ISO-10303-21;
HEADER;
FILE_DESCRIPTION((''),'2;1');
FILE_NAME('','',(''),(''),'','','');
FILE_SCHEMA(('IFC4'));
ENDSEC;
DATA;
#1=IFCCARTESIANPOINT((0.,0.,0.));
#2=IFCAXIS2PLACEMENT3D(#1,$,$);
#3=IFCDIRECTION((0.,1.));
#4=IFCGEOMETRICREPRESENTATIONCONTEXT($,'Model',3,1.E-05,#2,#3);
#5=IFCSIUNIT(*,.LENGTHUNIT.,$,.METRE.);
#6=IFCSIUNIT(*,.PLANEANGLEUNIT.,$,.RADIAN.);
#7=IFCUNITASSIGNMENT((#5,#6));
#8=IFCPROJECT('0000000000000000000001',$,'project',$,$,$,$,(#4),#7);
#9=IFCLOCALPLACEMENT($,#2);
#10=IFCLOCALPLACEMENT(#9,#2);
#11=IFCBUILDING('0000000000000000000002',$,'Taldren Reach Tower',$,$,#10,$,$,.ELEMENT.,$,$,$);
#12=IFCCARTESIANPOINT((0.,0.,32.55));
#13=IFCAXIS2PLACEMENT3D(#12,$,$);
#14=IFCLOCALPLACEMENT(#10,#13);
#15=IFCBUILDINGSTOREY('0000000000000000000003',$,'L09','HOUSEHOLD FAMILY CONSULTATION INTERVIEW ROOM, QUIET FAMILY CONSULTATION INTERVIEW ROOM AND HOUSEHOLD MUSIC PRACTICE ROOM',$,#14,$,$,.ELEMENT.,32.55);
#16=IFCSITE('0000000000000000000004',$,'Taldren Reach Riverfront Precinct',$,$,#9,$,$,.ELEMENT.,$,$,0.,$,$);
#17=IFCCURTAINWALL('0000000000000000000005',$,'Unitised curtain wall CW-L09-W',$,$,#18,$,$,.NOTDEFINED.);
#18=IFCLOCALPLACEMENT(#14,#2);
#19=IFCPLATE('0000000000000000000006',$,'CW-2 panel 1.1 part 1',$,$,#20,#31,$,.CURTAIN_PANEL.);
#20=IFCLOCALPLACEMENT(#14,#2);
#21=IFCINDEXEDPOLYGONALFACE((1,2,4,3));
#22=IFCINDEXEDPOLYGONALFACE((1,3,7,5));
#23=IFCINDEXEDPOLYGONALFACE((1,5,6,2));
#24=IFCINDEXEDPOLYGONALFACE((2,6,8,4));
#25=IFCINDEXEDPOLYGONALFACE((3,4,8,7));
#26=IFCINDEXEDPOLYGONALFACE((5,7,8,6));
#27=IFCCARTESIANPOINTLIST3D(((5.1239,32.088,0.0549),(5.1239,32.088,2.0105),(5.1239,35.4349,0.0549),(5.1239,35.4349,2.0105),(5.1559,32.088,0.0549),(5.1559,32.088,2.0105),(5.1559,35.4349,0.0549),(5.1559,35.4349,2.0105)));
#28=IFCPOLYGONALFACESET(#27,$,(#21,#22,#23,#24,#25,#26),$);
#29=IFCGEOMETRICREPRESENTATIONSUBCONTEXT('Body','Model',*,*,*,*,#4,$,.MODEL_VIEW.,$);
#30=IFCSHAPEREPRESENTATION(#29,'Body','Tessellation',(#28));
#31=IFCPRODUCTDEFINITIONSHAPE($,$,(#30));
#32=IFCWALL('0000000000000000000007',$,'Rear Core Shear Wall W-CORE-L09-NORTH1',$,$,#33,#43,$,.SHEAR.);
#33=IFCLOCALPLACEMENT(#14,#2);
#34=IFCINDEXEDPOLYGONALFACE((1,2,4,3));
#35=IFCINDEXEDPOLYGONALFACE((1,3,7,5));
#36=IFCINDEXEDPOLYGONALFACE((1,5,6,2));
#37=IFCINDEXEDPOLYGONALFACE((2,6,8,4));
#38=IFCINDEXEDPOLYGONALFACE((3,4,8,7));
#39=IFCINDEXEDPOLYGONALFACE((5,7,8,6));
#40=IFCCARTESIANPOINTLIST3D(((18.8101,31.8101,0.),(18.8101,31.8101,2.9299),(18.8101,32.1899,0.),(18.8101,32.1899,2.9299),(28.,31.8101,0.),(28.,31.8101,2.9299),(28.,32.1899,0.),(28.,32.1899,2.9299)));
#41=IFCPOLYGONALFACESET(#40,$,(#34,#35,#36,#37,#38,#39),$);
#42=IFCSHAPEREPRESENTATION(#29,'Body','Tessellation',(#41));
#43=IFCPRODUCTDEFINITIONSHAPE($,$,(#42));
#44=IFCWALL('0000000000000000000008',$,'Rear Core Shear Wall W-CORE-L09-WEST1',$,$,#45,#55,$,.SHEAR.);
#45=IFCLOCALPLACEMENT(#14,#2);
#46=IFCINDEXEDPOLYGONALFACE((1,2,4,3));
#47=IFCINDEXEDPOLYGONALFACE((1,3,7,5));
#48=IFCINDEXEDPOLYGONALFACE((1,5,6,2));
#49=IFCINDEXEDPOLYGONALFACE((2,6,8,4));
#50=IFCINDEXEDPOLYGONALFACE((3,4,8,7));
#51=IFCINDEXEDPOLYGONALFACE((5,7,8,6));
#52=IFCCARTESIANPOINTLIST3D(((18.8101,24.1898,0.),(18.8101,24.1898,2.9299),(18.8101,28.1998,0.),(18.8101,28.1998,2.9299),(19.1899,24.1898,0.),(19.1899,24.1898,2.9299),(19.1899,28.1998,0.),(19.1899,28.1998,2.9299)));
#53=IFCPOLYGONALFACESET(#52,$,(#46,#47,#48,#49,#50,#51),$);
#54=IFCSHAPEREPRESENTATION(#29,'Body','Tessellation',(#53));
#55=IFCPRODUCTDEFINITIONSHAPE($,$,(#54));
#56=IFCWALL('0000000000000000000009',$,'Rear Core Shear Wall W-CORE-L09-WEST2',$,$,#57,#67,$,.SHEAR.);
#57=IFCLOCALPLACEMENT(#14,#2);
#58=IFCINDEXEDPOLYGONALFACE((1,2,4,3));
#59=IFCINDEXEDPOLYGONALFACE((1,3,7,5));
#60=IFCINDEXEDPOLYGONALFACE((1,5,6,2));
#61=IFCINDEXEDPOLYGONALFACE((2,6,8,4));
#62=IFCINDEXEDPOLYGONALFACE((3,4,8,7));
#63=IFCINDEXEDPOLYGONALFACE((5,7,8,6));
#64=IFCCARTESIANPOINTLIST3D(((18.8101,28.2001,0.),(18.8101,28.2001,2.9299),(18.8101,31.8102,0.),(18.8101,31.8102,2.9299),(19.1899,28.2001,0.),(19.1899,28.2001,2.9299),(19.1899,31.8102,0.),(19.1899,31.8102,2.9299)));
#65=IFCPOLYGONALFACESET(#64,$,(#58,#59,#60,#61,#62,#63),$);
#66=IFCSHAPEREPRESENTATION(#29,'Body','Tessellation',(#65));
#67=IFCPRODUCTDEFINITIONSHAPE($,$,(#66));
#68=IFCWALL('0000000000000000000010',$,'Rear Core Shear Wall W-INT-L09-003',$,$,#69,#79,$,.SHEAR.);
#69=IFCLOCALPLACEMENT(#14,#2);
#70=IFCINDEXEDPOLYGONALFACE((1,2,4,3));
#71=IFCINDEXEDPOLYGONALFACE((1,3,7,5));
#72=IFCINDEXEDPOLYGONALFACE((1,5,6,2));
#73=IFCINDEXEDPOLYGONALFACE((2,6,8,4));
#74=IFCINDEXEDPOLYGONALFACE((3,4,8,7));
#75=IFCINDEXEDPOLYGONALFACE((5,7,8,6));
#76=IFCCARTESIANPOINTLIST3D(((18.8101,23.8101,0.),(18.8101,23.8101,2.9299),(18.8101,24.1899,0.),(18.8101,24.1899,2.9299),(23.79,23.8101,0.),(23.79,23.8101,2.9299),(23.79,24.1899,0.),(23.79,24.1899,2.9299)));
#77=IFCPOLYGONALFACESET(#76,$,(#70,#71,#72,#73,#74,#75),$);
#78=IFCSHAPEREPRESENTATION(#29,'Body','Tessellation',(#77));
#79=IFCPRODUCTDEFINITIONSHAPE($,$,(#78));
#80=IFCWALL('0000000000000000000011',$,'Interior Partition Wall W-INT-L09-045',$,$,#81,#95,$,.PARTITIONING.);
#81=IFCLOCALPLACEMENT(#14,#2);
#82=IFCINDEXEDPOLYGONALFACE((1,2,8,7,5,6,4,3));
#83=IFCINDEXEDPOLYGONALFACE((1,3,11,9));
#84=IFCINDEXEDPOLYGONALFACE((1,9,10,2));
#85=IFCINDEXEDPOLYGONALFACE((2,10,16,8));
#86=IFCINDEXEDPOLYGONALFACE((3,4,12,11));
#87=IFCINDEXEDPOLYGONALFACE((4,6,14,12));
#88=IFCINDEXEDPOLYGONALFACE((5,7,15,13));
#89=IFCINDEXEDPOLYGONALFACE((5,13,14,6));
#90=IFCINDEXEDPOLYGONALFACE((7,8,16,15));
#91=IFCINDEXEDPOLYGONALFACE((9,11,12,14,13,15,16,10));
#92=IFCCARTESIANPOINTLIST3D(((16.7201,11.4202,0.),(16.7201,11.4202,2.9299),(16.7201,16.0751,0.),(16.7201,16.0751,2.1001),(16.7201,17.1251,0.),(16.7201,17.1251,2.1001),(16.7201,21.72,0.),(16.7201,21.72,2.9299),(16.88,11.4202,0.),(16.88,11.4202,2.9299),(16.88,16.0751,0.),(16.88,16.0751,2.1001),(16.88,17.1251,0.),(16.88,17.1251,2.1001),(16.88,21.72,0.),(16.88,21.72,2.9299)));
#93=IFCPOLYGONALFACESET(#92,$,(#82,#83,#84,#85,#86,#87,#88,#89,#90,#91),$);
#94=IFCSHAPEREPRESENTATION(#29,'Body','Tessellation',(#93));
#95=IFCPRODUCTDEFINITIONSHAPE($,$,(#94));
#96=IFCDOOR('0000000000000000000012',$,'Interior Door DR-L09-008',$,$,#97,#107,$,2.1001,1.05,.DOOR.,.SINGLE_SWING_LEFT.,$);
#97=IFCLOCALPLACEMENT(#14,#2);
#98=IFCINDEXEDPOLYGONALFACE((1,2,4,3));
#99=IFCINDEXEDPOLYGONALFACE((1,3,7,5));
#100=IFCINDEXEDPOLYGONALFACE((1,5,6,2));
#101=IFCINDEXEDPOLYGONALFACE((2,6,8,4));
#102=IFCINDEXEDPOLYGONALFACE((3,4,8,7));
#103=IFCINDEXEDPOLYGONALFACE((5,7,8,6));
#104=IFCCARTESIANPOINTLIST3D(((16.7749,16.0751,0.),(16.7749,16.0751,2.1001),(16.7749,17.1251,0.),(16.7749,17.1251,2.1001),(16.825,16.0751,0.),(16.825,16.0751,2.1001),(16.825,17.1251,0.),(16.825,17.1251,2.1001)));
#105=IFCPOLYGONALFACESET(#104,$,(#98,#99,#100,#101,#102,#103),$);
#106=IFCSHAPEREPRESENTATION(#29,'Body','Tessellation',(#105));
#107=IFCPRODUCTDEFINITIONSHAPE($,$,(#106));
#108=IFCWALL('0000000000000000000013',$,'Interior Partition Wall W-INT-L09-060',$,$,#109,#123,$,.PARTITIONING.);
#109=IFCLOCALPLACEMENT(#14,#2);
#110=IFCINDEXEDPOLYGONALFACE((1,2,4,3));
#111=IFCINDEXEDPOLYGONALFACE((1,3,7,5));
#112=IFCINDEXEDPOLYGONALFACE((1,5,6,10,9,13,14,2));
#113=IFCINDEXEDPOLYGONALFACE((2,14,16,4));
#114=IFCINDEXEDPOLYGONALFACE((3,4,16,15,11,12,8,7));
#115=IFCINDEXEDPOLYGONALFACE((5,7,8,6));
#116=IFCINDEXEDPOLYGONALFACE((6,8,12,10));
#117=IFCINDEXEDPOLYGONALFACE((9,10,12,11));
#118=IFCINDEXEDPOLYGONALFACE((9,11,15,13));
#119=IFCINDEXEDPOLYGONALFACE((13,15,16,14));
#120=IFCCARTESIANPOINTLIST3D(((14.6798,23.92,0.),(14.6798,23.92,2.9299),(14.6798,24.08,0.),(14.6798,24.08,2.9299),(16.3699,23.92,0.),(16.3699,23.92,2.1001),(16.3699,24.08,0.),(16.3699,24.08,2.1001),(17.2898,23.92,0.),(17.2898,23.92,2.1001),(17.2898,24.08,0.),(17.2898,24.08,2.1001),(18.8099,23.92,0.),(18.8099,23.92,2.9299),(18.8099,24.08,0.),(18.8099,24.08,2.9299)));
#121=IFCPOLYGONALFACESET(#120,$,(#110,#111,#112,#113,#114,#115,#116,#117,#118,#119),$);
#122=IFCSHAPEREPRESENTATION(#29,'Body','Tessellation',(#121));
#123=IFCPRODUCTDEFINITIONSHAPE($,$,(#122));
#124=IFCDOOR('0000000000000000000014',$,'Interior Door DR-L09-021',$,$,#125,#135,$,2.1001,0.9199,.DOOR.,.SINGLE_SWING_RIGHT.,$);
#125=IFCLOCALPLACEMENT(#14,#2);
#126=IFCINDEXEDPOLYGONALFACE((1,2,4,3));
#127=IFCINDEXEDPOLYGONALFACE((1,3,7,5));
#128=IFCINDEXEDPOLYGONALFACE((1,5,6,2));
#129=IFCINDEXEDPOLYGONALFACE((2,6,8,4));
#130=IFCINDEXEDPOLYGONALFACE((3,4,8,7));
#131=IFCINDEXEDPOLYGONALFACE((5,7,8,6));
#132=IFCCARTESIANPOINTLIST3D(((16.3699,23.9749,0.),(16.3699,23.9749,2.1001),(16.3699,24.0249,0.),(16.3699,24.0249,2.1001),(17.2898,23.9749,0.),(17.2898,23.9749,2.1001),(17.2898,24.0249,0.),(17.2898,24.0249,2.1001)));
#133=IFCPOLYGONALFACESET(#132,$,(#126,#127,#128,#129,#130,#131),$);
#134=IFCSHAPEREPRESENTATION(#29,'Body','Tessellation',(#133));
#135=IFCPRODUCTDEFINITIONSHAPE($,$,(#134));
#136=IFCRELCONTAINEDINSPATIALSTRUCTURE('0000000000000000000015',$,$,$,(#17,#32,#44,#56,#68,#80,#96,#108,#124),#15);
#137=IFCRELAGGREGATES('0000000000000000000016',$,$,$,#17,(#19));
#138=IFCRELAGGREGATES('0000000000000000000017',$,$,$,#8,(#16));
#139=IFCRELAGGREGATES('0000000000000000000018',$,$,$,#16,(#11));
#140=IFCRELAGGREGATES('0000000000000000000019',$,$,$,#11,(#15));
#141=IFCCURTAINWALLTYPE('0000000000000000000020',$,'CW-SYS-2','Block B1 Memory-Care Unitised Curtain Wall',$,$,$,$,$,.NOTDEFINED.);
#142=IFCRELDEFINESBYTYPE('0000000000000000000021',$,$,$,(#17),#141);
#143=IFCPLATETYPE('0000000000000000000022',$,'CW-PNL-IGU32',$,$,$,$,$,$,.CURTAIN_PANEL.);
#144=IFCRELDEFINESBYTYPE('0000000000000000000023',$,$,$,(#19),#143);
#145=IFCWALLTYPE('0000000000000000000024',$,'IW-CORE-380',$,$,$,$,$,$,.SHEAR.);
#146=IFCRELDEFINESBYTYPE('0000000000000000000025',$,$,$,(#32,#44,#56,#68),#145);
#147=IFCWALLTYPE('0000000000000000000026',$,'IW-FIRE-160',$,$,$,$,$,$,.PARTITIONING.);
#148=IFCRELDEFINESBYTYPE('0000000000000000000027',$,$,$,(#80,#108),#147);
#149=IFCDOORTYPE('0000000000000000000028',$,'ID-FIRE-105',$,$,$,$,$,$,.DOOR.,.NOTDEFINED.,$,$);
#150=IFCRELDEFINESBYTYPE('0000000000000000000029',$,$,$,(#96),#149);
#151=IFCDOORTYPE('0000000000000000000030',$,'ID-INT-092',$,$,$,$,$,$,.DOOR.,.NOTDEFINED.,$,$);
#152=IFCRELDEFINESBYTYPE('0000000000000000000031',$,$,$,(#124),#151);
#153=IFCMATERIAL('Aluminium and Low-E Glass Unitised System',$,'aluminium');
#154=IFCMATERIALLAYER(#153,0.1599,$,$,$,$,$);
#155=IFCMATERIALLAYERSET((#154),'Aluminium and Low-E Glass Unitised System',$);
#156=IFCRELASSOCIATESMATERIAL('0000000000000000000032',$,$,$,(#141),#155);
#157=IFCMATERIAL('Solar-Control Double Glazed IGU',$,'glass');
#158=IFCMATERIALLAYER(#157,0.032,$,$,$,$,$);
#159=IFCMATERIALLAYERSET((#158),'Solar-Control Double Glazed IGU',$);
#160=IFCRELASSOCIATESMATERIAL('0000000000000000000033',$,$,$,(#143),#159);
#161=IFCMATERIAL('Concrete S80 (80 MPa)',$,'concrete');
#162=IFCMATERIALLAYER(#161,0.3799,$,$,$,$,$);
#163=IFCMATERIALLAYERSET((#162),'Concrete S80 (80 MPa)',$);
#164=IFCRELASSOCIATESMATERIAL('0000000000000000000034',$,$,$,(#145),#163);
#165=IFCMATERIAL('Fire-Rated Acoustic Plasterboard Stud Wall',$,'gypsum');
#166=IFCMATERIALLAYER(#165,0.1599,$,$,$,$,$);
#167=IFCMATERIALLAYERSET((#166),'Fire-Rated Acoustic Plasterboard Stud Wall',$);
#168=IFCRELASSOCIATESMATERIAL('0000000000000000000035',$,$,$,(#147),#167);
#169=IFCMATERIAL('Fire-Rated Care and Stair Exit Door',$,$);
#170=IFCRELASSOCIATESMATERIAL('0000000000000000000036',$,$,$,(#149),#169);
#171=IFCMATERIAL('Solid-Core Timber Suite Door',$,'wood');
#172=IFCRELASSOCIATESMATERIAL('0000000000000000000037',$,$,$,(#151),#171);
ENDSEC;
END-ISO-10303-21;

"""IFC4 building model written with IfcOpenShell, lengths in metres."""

from ifc_helpers import new_model, si_unit, direction, frame, frame_2d, origin, origin_2d, place, context, subcontext, project, spatial, rectangle, extrude, source, transform, mapped, material, layer, layer_set, type_object, element, fill, aggregate, save


model = new_model("IFC4")

# Units and contexts
model_context = context("Model", 3, precision=1e-05, world=origin(), true_north=direction((0.0, 1.0)))
body_context = subcontext(model_context, "Body", "Model", "MODEL_VIEW")
ifc_project = project(units=[si_unit("LENGTHUNIT", "METRE"), si_unit("PLANEANGLEUNIT", "RADIAN")], contexts=[model_context])

# Site, building, storey
site_placement = place(None, origin())
site = spatial("IfcSite", under=ifc_project, at=site_placement, Name="Taldren Reach Riverfront Precinct", CompositionType="ELEMENT", RefElevation=0.0)
building_placement = place(site_placement, origin())
building = spatial("IfcBuilding", under=site, at=building_placement, Name="Taldren Reach Tower", CompositionType="ELEMENT")
storey_placement = place(building_placement, frame((0.0, 0.0, 32.55)))
storey = spatial("IfcBuildingStorey", under=building, at=storey_placement, Name="L09", Description="HOUSEHOLD FAMILY CONSULTATION INTERVIEW ROOM, QUIET FAMILY CONSULTATION INTERVIEW ROOM AND HOUSEHOLD MUSIC PRACTICE ROOM", CompositionType="ELEMENT", Elevation=32.55)

# Curtain wall, plate
ifc_material_1 = material(Name="Aluminium and Low-E Glass Unitised System", Category="aluminium")
ifc_layer_1 = layer(ifc_material_1, 0.1599)
ifc_layer_set_1 = layer_set([ifc_layer_1], Name="Aluminium and Low-E Glass Unitised System")
curtain_wall_type = type_object("IfcCurtainWallType", Name="CW-SYS-2", Description="Block B1 Memory-Care Unitised Curtain Wall", PredefinedType="NOTDEFINED", material=ifc_layer_set_1)
curtain_wall_placement = place(storey_placement, origin())
curtain_wall = element("IfcCurtainWall", 1, at=curtain_wall_placement, inside=storey, type_object=curtain_wall_type, Name="Unitised curtain wall CW-L09-W", PredefinedType="NOTDEFINED")
ifc_material_2 = material(Name="Solar-Control Double Glazed IGU", Category="glass")
ifc_layer_2 = layer(ifc_material_2, 0.032)
ifc_layer_set_2 = layer_set([ifc_layer_2], Name="Solar-Control Double Glazed IGU")
plate_type = type_object("IfcPlateType", Name="CW-PNL-IGU32", PredefinedType="CURTAIN_PANEL", material=ifc_layer_set_2)
shared_shape_1 = source(origin(), body_context, "Body", "SweptSolid", [
    extrude(rectangle(XDim=3.3469, YDim=0.032, at=origin_2d()), origin(), (0.0, 0.0, 1.0), 1.9556),
])
plate_placement = place(storey_placement, frame((5.1399, 33.7615, 0.0549), z_axis=(0.0, 0.0, 1.0), x_axis=(0.0, -1.0, 0.0)))
plate = element("IfcPlate", 2, at=plate_placement, type_object=plate_type, Name="CW-2 panel 1.1 part 1", PredefinedType="CURTAIN_PANEL", context=body_context, shape_type="MappedRepresentation", body=[
    mapped(shared_shape_1, transform((0.0, 0.0, 0.0), scale=1.0)),
])
aggregate(curtain_wall, [plate])

# Walls
ifc_material_3 = material(Name="Concrete S80 (80 MPa)", Category="concrete")
ifc_layer_3 = layer(ifc_material_3, 0.3799)
ifc_layer_set_3 = layer_set([ifc_layer_3], Name="Concrete S80 (80 MPa)")
wall_type_1 = type_object("IfcWallType", Name="IW-CORE-380", PredefinedType="SHEAR", material=ifc_layer_set_3)
shared_shape_2 = source(origin(), body_context, "Body", "SweptSolid", [
    extrude(rectangle(XDim=9.1899, YDim=0.3799, at=frame_2d((4.595, 0.0))), origin(), (0.0, 0.0, 1.0), 2.9299),
])
wall_1_placement = place(storey_placement, frame((18.8101, 32.0, 0.0), z_axis=(0.0, 0.0, 1.0), x_axis=(1.0, 0.0, 0.0)))
element("IfcWall", 3, at=wall_1_placement, inside=storey, type_object=wall_type_1, Name="Rear Core Shear Wall W-CORE-L09-NORTH1", PredefinedType="SHEAR", context=body_context, shape_type="MappedRepresentation", body=[
    mapped(shared_shape_2, transform((0.0, 0.0, 0.0), scale=1.0)),
])
shared_shape_3 = source(origin(), body_context, "Body", "SweptSolid", [
    extrude(rectangle(XDim=4.01, YDim=0.3799, at=frame_2d((2.0049, 0.0))), origin(), (0.0, 0.0, 1.0), 2.9299),
])
wall_2_placement = place(storey_placement, frame((19.0, 24.1899, 0.0), z_axis=(0.0, 0.0, 1.0), x_axis=(0.0, 1.0, 0.0)))
element("IfcWall", 4, at=wall_2_placement, inside=storey, type_object=wall_type_1, Name="Rear Core Shear Wall W-CORE-L09-WEST1", PredefinedType="SHEAR", context=body_context, shape_type="MappedRepresentation", body=[
    mapped(shared_shape_3, transform((0.0, 0.0, 0.0), scale=1.0)),
])
shared_shape_4 = source(origin(), body_context, "Body", "SweptSolid", [
    extrude(rectangle(XDim=3.6101, YDim=0.3799, at=frame_2d((1.8052, 0.0))), origin(), (0.0, 0.0, 1.0), 2.9299),
])
wall_3_placement = place(storey_placement, frame((19.0, 28.2, 0.0), z_axis=(0.0, 0.0, 1.0), x_axis=(0.0, 1.0, 0.0)))
element("IfcWall", 5, at=wall_3_placement, inside=storey, type_object=wall_type_1, Name="Rear Core Shear Wall W-CORE-L09-WEST2", PredefinedType="SHEAR", context=body_context, shape_type="MappedRepresentation", body=[
    mapped(shared_shape_4, transform((0.0, 0.0, 0.0), scale=1.0)),
])
shared_shape_5 = source(origin(), body_context, "Body", "SweptSolid", [
    extrude(rectangle(XDim=4.98, YDim=0.3799, at=frame_2d((2.49, 0.0))), origin(), (0.0, 0.0, 1.0), 2.9299),
])
wall_4_placement = place(storey_placement, frame((18.8101, 24.0, 0.0), z_axis=(0.0, 0.0, 1.0), x_axis=(1.0, 0.0, 0.0)))
element("IfcWall", 6, at=wall_4_placement, inside=storey, type_object=wall_type_1, Name="Rear Core Shear Wall W-INT-L09-003", PredefinedType="SHEAR", context=body_context, shape_type="MappedRepresentation", body=[
    mapped(shared_shape_5, transform((0.0, 0.0, 0.0), scale=1.0)),
])

# Walls, openings, doors
ifc_material_4 = material(Name="Fire-Rated Acoustic Plasterboard Stud Wall", Category="gypsum")
ifc_layer_4 = layer(ifc_material_4, 0.1599)
ifc_layer_set_4 = layer_set([ifc_layer_4], Name="Fire-Rated Acoustic Plasterboard Stud Wall")
wall_type_2 = type_object("IfcWallType", Name="IW-FIRE-160", PredefinedType="PARTITIONING", material=ifc_layer_set_4)
shared_shape_6 = source(origin(), body_context, "Body", "SweptSolid", [
    extrude(rectangle(XDim=10.2998, YDim=0.1599, at=frame_2d((5.1499, 0.0))), origin(), (0.0, 0.0, 1.0), 2.9299),
])
wall_5_placement = place(storey_placement, frame((16.8, 21.72, 0.0), z_axis=(0.0, 0.0, 1.0), x_axis=(0.0, -1.0, 0.0)))
wall_5 = element("IfcWall", 7, at=wall_5_placement, inside=storey, type_object=wall_type_2, Name="Interior Partition Wall W-INT-L09-045", PredefinedType="PARTITIONING", context=body_context, shape_type="MappedRepresentation", body=[
    mapped(shared_shape_6, transform((0.0, 0.0, 0.0), scale=1.0)),
])
shared_shape_7 = source(origin(), body_context, "Body", "SweptSolid", [
    extrude(rectangle(XDim=1.05, YDim=2.1001, at=frame_2d((0.5249, 1.05))), frame((0.0, 0.0898, 0.0), z_axis=(0.0, -1.0, 0.0), x_axis=(1.0, 0.0, 0.0)), (0.0, 0.0, 1.0), 0.1799),
])
opening_1_placement = place(wall_5_placement, frame((4.595, 0.0, 0.0)))
opening_1 = element("IfcOpeningElement", 8, at=opening_1_placement, cuts=wall_5, PredefinedType="OPENING", context=body_context, shape_type="MappedRepresentation", body=[
    mapped(shared_shape_7, transform((0.0, 0.0, 0.0), scale=1.0)),
])
ifc_material_5 = material(Name="Fire-Rated Care and Stair Exit Door")
door_type_1 = type_object("IfcDoorType", Name="ID-FIRE-105", OperationType="NOTDEFINED", PredefinedType="DOOR", material=ifc_material_5)
shared_shape_8 = source(origin(), body_context, "Body", "SweptSolid", [
    extrude(rectangle(XDim=1.05, YDim=2.1001, at=frame_2d((0.5249, 1.05))), frame((0.0, 0.0249, 0.0), z_axis=(0.0, -1.0, 0.0), x_axis=(1.0, 0.0, 0.0)), (0.0, 0.0, 1.0), 0.05),
])
door_1_placement = place(opening_1_placement, origin())
door_1 = element("IfcDoor", 9, at=door_1_placement, inside=storey, type_object=door_type_1, Name="Interior Door DR-L09-008", OperationType="SINGLE_SWING_LEFT", OverallHeight=2.1001, OverallWidth=1.05, PredefinedType="DOOR", context=body_context, shape_type="MappedRepresentation", body=[
    mapped(shared_shape_8, transform((0.0, 0.0, 0.0), scale=1.0)),
])
fill(opening_1, door_1)
shared_shape_9 = source(origin(), body_context, "Body", "SweptSolid", [
    extrude(rectangle(XDim=4.1301, YDim=0.1599, at=frame_2d((2.0649, 0.0))), origin(), (0.0, 0.0, 1.0), 2.9299),
])
wall_6_placement = place(storey_placement, frame((14.6799, 24.0, 0.0), z_axis=(0.0, 0.0, 1.0), x_axis=(1.0, 0.0, 0.0)))
wall_6 = element("IfcWall", 10, at=wall_6_placement, inside=storey, type_object=wall_type_2, Name="Interior Partition Wall W-INT-L09-060", PredefinedType="PARTITIONING", context=body_context, shape_type="MappedRepresentation", body=[
    mapped(shared_shape_9, transform((0.0, 0.0, 0.0), scale=1.0)),
])
shared_shape_10 = source(origin(), body_context, "Body", "SweptSolid", [
    extrude(rectangle(XDim=0.9199, YDim=2.1001, at=frame_2d((0.46, 1.05))), frame((0.0, 0.0898, 0.0), z_axis=(0.0, -1.0, 0.0), x_axis=(1.0, 0.0, 0.0)), (0.0, 0.0, 1.0), 0.1799),
])
opening_2_placement = place(wall_6_placement, frame((1.6899, 0.0, 0.0)))
opening_2 = element("IfcOpeningElement", 11, at=opening_2_placement, cuts=wall_6, PredefinedType="OPENING", context=body_context, shape_type="MappedRepresentation", body=[
    mapped(shared_shape_10, transform((0.0, 0.0, 0.0), scale=1.0)),
])
ifc_material_6 = material(Name="Solid-Core Timber Suite Door", Category="wood")
door_type_2 = type_object("IfcDoorType", Name="ID-INT-092", OperationType="NOTDEFINED", PredefinedType="DOOR", material=ifc_material_6)
shared_shape_11 = source(origin(), body_context, "Body", "SweptSolid", [
    extrude(rectangle(XDim=0.9199, YDim=2.1001, at=frame_2d((0.46, 1.05))), frame((0.0, 0.0249, 0.0), z_axis=(0.0, -1.0, 0.0), x_axis=(1.0, 0.0, 0.0)), (0.0, 0.0, 1.0), 0.05),
])
door_2_placement = place(opening_2_placement, origin())
door_2 = element("IfcDoor", 12, at=door_2_placement, inside=storey, type_object=door_type_2, Name="Interior Door DR-L09-021", OperationType="SINGLE_SWING_RIGHT", OverallHeight=2.1001, OverallWidth=0.9199, PredefinedType="DOOR", context=body_context, shape_type="MappedRepresentation", body=[
    mapped(shared_shape_11, transform((0.0, 0.0, 0.0), scale=1.0)),
])
fill(opening_2, door_2)

save(model, "model.ifc")
